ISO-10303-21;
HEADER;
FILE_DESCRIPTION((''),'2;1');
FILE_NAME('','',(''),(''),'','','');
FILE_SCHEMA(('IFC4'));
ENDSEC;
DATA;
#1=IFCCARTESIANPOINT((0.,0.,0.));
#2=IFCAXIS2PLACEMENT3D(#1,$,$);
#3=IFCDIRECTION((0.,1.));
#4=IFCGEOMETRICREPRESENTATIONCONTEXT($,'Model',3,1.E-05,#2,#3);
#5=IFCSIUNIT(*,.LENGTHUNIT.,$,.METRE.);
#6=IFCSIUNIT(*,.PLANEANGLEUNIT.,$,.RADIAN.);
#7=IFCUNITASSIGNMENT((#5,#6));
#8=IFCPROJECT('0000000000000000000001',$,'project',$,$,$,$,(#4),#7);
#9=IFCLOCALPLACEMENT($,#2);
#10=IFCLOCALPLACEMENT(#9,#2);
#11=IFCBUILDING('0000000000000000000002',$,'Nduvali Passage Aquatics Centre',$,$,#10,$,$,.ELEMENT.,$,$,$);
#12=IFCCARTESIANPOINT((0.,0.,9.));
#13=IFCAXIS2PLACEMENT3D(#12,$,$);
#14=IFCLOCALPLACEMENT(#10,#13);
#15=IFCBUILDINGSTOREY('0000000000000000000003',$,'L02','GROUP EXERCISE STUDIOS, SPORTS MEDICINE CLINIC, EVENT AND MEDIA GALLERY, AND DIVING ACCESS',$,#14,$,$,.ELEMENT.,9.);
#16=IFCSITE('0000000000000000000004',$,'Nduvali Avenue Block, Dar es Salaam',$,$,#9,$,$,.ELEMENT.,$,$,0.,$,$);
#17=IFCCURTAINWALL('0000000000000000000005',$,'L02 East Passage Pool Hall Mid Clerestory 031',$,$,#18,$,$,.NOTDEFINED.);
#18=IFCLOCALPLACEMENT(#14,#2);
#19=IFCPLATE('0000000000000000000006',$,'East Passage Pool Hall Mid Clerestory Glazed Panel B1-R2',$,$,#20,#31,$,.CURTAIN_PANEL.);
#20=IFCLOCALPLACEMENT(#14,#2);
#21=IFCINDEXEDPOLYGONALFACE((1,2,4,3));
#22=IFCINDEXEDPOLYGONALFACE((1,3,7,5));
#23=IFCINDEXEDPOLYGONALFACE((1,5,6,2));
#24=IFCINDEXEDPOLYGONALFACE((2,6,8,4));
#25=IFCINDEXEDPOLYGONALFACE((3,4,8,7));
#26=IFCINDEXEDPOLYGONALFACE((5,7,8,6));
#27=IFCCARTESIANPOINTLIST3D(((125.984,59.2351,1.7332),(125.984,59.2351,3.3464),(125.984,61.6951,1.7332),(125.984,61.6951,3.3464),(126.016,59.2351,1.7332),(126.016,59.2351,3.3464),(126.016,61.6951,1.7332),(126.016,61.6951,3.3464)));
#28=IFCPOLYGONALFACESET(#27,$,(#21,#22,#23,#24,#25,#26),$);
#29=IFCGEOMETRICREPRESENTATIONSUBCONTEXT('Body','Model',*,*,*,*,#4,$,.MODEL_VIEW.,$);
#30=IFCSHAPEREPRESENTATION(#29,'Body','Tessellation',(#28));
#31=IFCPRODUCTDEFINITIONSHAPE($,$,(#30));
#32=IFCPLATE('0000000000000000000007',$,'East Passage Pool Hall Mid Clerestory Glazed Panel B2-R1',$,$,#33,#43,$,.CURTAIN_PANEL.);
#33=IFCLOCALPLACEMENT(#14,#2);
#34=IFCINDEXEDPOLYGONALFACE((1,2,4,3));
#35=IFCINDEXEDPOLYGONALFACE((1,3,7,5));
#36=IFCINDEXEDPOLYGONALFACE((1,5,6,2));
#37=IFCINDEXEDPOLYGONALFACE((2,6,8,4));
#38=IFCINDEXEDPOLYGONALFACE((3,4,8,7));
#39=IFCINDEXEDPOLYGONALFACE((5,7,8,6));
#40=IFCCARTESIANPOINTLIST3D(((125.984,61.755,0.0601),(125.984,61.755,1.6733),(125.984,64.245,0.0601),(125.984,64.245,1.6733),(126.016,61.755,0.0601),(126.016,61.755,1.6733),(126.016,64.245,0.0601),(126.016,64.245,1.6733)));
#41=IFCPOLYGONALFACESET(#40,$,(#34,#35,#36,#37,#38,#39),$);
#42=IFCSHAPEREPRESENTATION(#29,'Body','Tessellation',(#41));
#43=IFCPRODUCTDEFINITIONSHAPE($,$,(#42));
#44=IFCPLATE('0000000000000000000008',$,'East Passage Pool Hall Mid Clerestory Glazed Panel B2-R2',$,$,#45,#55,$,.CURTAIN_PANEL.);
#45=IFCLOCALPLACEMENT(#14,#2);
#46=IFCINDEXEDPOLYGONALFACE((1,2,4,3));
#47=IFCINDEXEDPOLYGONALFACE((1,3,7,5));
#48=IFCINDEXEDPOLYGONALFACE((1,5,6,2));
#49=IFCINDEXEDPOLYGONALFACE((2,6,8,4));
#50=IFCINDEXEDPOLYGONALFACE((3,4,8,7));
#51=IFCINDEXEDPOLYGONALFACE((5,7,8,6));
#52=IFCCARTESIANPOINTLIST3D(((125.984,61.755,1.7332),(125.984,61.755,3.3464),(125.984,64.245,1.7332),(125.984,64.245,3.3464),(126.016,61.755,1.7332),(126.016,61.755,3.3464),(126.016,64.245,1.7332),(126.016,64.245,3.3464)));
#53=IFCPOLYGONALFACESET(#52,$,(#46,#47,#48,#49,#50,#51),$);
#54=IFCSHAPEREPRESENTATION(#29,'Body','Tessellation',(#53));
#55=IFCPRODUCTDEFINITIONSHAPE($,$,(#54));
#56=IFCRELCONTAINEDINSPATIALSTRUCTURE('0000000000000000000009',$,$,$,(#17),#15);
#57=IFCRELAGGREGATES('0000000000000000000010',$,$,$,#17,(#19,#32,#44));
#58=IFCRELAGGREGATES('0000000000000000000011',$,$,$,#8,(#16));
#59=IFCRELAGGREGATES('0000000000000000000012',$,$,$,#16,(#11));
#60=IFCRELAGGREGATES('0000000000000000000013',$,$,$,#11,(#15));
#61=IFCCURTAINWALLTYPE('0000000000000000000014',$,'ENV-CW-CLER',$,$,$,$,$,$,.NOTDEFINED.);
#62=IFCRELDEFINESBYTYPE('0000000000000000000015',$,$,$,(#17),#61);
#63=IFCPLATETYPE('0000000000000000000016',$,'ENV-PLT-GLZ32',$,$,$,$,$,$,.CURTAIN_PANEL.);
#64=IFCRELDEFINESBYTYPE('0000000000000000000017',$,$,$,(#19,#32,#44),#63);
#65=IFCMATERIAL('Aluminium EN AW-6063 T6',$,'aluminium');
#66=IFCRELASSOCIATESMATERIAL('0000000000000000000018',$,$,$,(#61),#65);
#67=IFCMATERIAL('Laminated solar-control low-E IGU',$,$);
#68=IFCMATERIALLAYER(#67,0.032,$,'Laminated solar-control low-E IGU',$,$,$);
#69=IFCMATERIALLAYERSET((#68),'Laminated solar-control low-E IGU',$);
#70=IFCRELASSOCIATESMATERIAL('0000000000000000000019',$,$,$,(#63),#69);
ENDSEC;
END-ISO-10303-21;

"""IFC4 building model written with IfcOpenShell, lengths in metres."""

from ifc_helpers import new_model, si_unit, direction, frame, origin, origin_2d, place, context, subcontext, project, spatial, rectangle, extrude, material, layer, layer_set, type_object, element, aggregate, save


model = new_model("IFC4")

# Units and contexts
model_context = context("Model", 3, precision=1e-05, world=origin(), true_north=direction((0.0, 1.0)))
body_context = subcontext(model_context, "Body", "Model", "MODEL_VIEW")
ifc_project = project(units=[si_unit("LENGTHUNIT", "METRE"), si_unit("PLANEANGLEUNIT", "RADIAN")], contexts=[model_context])

# Site, building, storey
site_placement = place(None, origin())
site = spatial("IfcSite", under=ifc_project, at=site_placement, Name="Nduvali Avenue Block, Dar es Salaam", CompositionType="ELEMENT", RefElevation=0.0)
building_placement = place(site_placement, origin())
building = spatial("IfcBuilding", under=site, at=building_placement, Name="Nduvali Passage Aquatics Centre", CompositionType="ELEMENT")
storey_placement = place(building_placement, frame((0.0, 0.0, 9.0)))
storey = spatial("IfcBuildingStorey", under=building, at=storey_placement, Name="L02", Description="GROUP EXERCISE STUDIOS, SPORTS MEDICINE CLINIC, EVENT AND MEDIA GALLERY, AND DIVING ACCESS", CompositionType="ELEMENT", Elevation=9.0)

# Curtain wall
ifc_material_1 = material(Name="Aluminium EN AW-6063 T6", Category="aluminium")
curtain_wall_type = type_object("IfcCurtainWallType", Name="ENV-CW-CLER", PredefinedType="NOTDEFINED", material=ifc_material_1)
curtain_wall_1_placement = place(storey_placement, origin())
curtain_wall_1 = element("IfcCurtainWall", 1, at=curtain_wall_1_placement, inside=storey, type_object=curtain_wall_type, Name="L02 East Passage Pool Hall Mid Clerestory 031", PredefinedType="NOTDEFINED")

# Plates
ifc_material_2 = material(Name="Laminated solar-control low-E IGU")
ifc_layer = layer(ifc_material_2, 0.032, Name="Laminated solar-control low-E IGU")
ifc_layer_set = layer_set([ifc_layer], Name="Laminated solar-control low-E IGU")
plate_type = type_object("IfcPlateType", Name="ENV-PLT-GLZ32", PredefinedType="CURTAIN_PANEL", material=ifc_layer_set)
plate_1_placement = place(storey_placement, frame((126.0, 60.4651, 1.7332), z_axis=(0.0, 0.0, 1.0), x_axis=(0.0, 1.0, 0.0)))
plate_1 = element("IfcPlate", 2, at=plate_1_placement, type_object=plate_type, Name="East Passage Pool Hall Mid Clerestory Glazed Panel B1-R2", PredefinedType="CURTAIN_PANEL", context=body_context, shape_type="SweptSolid", body=[
    extrude(rectangle(XDim=2.46, YDim=0.032, at=origin_2d()), origin(), (0.0, 0.0, 1.0), 1.6133),
])
plate_2_placement = place(storey_placement, frame((126.0, 63.0, 0.0601), z_axis=(0.0, 0.0, 1.0), x_axis=(0.0, 1.0, 0.0)))
plate_2 = element("IfcPlate", 3, at=plate_2_placement, type_object=plate_type, Name="East Passage Pool Hall Mid Clerestory Glazed Panel B2-R1", PredefinedType="CURTAIN_PANEL", context=body_context, shape_type="SweptSolid", body=[
    extrude(rectangle(XDim=2.49, YDim=0.032, at=origin_2d()), origin(), (0.0, 0.0, 1.0), 1.6133),
])
plate_3_placement = place(storey_placement, frame((126.0, 63.0, 1.7332), z_axis=(0.0, 0.0, 1.0), x_axis=(0.0, 1.0, 0.0)))
plate_3 = element("IfcPlate", 4, at=plate_3_placement, type_object=plate_type, Name="East Passage Pool Hall Mid Clerestory Glazed Panel B2-R2", PredefinedType="CURTAIN_PANEL", context=body_context, shape_type="SweptSolid", body=[
    extrude(rectangle(XDim=2.49, YDim=0.032, at=origin_2d()), origin(), (0.0, 0.0, 1.0), 1.6133),
])
aggregate(curtain_wall_1, [plate_1, plate_2, plate_3])

save(model, "model.ifc")
